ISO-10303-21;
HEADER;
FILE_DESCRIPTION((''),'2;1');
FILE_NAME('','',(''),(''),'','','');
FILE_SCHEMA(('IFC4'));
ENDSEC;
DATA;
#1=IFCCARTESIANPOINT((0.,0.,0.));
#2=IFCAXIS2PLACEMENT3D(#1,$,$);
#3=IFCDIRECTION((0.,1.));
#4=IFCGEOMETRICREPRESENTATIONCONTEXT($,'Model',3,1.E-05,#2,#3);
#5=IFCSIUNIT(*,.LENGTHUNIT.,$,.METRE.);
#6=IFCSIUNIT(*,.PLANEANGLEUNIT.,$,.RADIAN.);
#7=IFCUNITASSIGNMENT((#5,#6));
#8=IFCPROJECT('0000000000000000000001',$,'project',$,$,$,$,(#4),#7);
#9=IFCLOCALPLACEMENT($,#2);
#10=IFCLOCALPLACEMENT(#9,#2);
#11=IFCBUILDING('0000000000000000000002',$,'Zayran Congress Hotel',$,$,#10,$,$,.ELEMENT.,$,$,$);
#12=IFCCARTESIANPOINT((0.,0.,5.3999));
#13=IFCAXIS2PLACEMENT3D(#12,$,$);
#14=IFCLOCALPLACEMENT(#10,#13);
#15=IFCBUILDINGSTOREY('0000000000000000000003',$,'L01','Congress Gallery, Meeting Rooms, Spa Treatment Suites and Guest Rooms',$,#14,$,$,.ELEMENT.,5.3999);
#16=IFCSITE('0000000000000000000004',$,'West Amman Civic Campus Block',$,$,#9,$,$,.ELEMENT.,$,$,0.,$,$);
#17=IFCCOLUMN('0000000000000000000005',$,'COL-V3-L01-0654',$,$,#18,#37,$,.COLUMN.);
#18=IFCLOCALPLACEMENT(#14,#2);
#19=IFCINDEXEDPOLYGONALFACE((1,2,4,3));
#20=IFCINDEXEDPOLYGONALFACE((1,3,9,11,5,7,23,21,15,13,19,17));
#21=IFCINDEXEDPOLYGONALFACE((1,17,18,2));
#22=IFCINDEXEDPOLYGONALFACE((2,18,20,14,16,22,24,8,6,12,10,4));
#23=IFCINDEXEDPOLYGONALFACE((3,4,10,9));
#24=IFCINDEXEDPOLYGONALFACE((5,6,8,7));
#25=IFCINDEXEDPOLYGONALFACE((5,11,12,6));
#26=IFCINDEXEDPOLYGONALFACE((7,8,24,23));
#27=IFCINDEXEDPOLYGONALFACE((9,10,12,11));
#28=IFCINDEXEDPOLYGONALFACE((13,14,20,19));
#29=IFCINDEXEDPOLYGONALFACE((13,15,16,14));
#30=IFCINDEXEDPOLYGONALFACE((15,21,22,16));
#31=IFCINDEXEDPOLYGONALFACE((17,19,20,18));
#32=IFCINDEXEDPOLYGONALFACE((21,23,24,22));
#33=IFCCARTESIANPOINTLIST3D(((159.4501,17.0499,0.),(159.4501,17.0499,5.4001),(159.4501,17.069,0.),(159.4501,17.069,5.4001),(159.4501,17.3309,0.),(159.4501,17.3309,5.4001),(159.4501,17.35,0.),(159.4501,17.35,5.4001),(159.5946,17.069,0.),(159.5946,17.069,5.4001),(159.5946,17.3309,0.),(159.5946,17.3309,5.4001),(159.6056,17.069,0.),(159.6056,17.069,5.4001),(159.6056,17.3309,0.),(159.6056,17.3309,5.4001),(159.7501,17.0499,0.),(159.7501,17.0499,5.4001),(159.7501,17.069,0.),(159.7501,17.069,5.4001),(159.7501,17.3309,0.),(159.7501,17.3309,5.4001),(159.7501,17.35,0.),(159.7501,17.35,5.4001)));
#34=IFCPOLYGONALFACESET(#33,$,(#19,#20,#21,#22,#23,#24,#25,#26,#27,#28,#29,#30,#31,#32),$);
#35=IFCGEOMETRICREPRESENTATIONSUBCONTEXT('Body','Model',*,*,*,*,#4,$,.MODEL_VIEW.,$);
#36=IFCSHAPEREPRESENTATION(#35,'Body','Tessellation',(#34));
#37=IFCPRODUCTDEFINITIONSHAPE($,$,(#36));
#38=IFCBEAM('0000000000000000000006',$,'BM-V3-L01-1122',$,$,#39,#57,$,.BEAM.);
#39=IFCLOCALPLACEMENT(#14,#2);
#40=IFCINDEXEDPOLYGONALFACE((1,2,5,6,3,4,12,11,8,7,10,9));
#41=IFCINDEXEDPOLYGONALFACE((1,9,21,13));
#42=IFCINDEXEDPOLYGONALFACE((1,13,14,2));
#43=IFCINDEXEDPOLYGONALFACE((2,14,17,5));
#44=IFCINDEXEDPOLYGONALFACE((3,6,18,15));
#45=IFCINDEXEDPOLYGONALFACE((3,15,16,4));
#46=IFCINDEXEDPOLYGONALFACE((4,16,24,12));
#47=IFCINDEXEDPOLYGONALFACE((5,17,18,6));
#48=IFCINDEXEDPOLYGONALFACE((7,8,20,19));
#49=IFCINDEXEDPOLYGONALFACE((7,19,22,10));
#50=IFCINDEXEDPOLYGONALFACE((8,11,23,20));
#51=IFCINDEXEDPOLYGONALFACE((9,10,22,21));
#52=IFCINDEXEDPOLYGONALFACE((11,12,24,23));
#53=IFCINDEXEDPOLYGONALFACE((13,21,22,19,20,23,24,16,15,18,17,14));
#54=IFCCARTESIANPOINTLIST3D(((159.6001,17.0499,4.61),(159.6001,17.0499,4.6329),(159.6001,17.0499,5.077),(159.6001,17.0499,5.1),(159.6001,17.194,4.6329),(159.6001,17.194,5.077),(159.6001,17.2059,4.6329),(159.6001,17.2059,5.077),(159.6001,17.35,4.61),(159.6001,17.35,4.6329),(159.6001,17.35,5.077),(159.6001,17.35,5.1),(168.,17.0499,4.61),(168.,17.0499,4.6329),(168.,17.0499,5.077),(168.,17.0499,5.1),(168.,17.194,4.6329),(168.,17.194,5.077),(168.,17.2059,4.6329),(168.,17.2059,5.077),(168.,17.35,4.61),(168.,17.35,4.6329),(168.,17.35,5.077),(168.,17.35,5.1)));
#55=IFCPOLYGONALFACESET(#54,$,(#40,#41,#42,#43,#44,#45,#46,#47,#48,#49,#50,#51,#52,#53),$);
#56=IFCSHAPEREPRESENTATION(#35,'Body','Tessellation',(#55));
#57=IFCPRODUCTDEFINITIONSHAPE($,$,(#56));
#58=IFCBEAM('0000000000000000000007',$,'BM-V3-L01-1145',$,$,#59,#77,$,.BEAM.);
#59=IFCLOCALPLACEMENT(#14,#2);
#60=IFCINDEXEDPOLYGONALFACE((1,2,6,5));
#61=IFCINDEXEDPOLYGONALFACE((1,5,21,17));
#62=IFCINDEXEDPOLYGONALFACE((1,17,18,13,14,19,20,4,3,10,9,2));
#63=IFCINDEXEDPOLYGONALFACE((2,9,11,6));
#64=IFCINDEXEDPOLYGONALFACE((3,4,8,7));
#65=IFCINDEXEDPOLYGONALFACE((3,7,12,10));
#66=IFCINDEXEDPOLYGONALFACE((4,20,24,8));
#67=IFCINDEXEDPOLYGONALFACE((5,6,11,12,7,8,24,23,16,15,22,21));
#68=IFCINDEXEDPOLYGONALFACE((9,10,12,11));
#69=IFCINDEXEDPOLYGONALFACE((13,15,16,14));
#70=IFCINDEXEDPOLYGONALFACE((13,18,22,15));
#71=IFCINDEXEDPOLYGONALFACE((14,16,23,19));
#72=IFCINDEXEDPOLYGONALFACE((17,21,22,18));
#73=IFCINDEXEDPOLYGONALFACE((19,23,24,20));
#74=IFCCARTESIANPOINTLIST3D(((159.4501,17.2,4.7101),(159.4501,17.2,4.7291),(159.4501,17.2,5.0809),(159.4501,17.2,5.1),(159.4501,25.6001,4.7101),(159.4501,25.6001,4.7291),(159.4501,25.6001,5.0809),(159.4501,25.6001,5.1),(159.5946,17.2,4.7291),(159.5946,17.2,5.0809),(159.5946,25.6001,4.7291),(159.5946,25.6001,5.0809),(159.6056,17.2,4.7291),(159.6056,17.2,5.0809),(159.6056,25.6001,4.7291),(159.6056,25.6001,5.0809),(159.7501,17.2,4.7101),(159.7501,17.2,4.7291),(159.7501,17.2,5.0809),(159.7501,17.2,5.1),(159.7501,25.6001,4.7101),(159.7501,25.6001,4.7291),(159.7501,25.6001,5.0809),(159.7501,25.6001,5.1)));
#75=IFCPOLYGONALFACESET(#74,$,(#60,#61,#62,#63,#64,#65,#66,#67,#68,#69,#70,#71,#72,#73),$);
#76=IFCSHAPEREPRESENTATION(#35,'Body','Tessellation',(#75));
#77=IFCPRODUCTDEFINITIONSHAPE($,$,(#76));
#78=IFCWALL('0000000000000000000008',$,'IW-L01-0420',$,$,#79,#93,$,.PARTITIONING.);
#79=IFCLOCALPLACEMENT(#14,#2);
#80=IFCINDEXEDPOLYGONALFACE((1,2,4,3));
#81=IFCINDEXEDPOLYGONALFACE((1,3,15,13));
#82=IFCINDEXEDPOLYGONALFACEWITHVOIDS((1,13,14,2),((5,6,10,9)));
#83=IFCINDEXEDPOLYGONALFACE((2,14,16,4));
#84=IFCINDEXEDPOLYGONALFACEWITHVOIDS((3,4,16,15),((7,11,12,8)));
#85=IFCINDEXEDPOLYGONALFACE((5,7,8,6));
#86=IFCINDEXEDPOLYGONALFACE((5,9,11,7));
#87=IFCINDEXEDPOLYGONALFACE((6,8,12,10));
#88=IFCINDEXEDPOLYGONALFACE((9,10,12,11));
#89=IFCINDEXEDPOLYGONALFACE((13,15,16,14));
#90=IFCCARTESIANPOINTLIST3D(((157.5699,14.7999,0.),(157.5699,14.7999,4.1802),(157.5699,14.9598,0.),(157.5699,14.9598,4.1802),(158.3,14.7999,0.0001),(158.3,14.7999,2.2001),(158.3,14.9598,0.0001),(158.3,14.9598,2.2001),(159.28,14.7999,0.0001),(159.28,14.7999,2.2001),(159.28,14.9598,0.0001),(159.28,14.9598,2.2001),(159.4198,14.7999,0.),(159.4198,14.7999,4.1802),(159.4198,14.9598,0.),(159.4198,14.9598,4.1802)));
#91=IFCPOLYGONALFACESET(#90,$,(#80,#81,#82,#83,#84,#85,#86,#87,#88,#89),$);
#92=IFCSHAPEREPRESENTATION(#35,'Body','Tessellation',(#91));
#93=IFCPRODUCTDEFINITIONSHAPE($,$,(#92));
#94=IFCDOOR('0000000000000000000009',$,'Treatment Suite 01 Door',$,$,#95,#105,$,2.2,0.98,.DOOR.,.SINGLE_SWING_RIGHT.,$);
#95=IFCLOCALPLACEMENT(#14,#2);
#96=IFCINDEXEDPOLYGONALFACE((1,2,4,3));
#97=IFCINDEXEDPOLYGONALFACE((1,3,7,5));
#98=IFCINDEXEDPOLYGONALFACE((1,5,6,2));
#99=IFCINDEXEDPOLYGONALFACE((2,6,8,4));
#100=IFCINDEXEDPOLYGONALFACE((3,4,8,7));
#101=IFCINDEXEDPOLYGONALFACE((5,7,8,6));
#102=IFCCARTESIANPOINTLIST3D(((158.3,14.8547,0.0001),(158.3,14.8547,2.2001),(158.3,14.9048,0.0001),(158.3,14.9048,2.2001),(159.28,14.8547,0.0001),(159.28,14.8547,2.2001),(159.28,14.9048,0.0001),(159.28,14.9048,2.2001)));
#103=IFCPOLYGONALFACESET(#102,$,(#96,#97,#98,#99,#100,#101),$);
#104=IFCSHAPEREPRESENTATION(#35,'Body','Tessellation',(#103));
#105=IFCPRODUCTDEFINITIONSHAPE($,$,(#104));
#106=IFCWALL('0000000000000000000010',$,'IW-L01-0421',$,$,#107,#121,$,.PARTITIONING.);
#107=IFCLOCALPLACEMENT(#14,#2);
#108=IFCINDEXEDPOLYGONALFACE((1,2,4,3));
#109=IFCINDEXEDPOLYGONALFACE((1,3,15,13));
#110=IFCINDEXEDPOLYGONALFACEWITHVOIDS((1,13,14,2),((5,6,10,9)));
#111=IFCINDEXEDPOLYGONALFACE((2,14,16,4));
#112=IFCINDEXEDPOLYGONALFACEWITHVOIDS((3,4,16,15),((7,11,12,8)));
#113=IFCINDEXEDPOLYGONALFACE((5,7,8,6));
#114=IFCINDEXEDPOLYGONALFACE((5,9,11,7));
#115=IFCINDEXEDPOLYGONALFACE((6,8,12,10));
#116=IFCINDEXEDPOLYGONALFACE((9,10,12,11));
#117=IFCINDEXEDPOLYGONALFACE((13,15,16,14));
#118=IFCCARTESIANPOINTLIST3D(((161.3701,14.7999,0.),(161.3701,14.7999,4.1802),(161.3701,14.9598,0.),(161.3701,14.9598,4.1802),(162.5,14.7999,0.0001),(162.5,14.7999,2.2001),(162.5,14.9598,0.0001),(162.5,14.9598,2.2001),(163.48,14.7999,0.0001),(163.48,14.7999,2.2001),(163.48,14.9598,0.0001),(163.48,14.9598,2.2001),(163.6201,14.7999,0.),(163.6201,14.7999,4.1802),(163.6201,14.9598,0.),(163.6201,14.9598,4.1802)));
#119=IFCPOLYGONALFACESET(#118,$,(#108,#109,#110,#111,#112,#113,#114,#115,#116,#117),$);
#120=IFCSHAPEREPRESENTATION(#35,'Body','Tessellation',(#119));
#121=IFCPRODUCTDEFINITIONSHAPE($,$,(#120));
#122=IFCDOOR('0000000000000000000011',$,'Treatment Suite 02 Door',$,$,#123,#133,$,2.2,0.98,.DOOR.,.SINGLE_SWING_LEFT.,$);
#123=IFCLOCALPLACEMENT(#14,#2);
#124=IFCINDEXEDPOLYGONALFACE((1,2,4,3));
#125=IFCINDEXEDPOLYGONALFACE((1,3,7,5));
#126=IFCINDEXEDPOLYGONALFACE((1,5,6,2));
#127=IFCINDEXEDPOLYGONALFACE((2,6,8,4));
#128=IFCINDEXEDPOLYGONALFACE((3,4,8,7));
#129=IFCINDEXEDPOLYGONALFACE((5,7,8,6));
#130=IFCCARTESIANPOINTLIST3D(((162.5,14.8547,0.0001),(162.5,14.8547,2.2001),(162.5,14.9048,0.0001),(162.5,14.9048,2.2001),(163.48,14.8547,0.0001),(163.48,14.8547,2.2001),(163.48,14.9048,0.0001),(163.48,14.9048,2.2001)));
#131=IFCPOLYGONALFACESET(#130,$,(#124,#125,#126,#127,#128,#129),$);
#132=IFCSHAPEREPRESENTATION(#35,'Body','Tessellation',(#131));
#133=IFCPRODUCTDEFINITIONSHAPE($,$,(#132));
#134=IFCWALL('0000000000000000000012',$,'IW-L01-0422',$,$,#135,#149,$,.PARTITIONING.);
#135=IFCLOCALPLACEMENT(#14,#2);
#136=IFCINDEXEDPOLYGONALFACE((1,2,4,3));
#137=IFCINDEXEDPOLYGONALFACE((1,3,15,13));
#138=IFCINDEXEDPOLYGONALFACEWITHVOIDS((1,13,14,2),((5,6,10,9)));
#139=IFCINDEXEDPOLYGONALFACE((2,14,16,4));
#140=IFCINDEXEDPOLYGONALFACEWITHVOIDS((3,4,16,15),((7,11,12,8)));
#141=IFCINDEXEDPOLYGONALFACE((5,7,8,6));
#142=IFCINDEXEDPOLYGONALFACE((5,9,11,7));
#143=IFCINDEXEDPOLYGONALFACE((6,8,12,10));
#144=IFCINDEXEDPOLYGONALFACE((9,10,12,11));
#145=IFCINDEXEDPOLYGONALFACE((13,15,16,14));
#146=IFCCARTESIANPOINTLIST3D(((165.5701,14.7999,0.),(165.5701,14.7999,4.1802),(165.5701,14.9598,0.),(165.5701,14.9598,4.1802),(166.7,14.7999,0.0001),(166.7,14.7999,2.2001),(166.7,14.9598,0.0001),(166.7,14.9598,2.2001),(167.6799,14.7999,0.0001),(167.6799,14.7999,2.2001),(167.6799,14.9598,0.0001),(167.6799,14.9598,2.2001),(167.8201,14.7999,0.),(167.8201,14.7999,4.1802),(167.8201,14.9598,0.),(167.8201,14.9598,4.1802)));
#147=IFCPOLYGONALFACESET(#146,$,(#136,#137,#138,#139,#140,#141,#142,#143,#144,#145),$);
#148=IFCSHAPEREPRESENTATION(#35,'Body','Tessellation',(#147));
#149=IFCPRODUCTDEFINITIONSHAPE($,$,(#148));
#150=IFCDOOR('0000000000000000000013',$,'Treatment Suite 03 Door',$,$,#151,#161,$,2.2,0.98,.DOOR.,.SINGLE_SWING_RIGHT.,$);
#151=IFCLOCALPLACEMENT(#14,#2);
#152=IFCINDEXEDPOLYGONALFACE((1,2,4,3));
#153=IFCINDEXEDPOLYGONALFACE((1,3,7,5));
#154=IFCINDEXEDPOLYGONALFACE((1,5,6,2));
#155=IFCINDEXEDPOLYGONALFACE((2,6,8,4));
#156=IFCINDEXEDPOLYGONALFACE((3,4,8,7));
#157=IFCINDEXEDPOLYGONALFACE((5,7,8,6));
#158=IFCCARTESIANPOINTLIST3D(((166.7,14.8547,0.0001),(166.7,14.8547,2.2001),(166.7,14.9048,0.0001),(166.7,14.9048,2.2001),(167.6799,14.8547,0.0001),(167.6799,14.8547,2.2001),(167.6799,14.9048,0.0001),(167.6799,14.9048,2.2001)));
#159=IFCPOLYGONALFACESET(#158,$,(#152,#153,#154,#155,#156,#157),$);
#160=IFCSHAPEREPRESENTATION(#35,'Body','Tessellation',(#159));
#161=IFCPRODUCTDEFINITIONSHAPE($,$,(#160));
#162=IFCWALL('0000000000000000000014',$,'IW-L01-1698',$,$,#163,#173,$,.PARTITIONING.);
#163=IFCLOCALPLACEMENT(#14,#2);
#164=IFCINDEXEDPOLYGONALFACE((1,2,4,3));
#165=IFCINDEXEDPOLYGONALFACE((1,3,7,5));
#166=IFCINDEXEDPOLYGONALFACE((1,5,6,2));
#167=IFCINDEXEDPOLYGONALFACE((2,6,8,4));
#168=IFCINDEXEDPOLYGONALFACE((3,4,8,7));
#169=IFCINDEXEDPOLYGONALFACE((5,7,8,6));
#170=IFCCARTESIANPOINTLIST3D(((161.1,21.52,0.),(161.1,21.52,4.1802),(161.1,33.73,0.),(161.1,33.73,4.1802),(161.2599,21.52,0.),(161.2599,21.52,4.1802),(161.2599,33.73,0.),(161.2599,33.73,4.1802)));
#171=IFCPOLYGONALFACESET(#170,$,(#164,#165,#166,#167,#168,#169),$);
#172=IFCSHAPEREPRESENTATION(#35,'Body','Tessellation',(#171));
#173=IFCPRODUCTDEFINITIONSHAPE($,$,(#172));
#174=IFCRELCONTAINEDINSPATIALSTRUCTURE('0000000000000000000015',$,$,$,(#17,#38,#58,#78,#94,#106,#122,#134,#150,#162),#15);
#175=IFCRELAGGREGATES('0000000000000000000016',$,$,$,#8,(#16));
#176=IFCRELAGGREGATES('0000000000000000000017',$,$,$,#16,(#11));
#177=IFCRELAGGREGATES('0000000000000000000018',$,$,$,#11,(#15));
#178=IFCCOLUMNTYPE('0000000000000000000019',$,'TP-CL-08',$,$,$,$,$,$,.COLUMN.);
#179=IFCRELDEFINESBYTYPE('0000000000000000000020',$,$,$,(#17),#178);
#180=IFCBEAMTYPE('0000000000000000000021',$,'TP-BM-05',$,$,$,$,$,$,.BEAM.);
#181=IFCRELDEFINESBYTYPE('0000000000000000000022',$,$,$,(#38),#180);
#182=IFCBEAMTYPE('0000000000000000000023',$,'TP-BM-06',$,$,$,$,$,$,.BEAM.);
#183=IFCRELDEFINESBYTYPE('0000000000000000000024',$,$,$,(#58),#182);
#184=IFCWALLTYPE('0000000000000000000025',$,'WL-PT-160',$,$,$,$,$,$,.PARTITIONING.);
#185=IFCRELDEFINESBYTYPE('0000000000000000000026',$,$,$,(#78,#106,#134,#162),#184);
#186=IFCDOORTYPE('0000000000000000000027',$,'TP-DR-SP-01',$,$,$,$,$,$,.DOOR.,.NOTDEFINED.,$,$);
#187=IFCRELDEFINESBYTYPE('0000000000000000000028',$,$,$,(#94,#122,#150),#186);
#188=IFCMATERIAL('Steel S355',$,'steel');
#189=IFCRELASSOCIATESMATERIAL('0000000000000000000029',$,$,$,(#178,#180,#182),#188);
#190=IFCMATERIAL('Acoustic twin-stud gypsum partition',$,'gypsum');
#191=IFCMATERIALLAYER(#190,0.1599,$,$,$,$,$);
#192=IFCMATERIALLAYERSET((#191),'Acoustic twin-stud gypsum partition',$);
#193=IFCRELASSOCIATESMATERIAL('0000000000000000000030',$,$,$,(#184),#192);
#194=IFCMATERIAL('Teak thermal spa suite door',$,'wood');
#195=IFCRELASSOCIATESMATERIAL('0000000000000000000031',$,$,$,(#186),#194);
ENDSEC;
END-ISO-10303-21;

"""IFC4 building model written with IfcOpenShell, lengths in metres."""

from ifc_helpers import new_model, si_unit, direction, frame, frame_2d, origin, origin_2d, place, context, subcontext, project, spatial, rectangle, i_section, extrude, material, layer, layer_set, material_profile, profile_set, type_object, element, fill, save


model = new_model("IFC4")

# Units and contexts
model_context = context("Model", 3, precision=1e-05, world=origin(), true_north=direction((0.0, 1.0)))
body_context = subcontext(model_context, "Body", "Model", "MODEL_VIEW")
ifc_project = project(units=[si_unit("LENGTHUNIT", "METRE"), si_unit("PLANEANGLEUNIT", "RADIAN")], contexts=[model_context])

# Site, building, storey
site_placement = place(None, origin())
site = spatial("IfcSite", under=ifc_project, at=site_placement, Name="West Amman Civic Campus Block", CompositionType="ELEMENT", RefElevation=0.0)
building_placement = place(site_placement, origin())
building = spatial("IfcBuilding", under=site, at=building_placement, Name="Zayran Congress Hotel", CompositionType="ELEMENT")
storey_placement = place(building_placement, frame((0.0, 0.0, 5.3999)))
storey = spatial("IfcBuildingStorey", under=building, at=storey_placement, Name="L01", Description="Congress Gallery, Meeting Rooms, Spa Treatment Suites and Guest Rooms", CompositionType="ELEMENT", Elevation=5.3999)

# Column
ifc_material_1 = material(Name="Steel S355", Category="steel")
ifc_material_profile_1 = material_profile(ifc_material_1, i_section(OverallWidth=0.3, OverallDepth=0.3, WebThickness=0.011, FlangeThickness=0.019, at=origin_2d()), Name="HEB 300")
ifc_profile_set_1 = profile_set([ifc_material_profile_1], Name="Steel S355")
column_type = type_object("IfcColumnType", Name="TP-CL-08", PredefinedType="COLUMN", material=ifc_profile_set_1)
column_placement = place(storey_placement, frame((159.6001, 17.2, 0.0), z_axis=(0.0, 0.0, 1.0), x_axis=(1.0, 0.0, 0.0)))
element("IfcColumn", 1, at=column_placement, inside=storey, type_object=column_type, Name="COL-V3-L01-0654", PredefinedType="COLUMN", context=body_context, shape_type="SweptSolid", body=[
    extrude(i_section(OverallWidth=0.3, OverallDepth=0.3, WebThickness=0.011, FlangeThickness=0.019, at=origin_2d()), origin(), (0.0, 0.0, 1.0), 5.4001),
])

# Beams
ifc_material_profile_2 = material_profile(ifc_material_1, i_section(OverallWidth=0.3, OverallDepth=0.49, WebThickness=0.012, FlangeThickness=0.0229, at=origin_2d()), Name="HEA 500")
ifc_profile_set_2 = profile_set([ifc_material_profile_2], Name="Steel S355")
beam_type_1 = type_object("IfcBeamType", Name="TP-BM-05", PredefinedType="BEAM", material=ifc_profile_set_2)
beam_1_placement = place(storey_placement, frame((159.6001, 17.2, 4.855), z_axis=(1.0, 0.0, 0.0), x_axis=(0.0, 1.0, 0.0)))
element("IfcBeam", 2, at=beam_1_placement, inside=storey, type_object=beam_type_1, Name="BM-V3-L01-1122", PredefinedType="BEAM", context=body_context, shape_type="SweptSolid", body=[
    extrude(i_section(OverallWidth=0.3, OverallDepth=0.49, WebThickness=0.012, FlangeThickness=0.0229, at=origin_2d()), origin(), (0.0, 0.0, 1.0), 8.3999),
])
ifc_material_profile_3 = material_profile(ifc_material_1, i_section(OverallWidth=0.3, OverallDepth=0.3899, WebThickness=0.011, FlangeThickness=0.019, at=origin_2d()), Name="HEA 400")
ifc_profile_set_3 = profile_set([ifc_material_profile_3], Name="Steel S355")
beam_type_2 = type_object("IfcBeamType", Name="TP-BM-06", PredefinedType="BEAM", material=ifc_profile_set_3)
beam_2_placement = place(storey_placement, frame((159.6001, 17.2, 4.905), z_axis=(0.0, 1.0, 0.0), x_axis=(-1.0, 0.0, 0.0)))
element("IfcBeam", 3, at=beam_2_placement, inside=storey, type_object=beam_type_2, Name="BM-V3-L01-1145", PredefinedType="BEAM", context=body_context, shape_type="SweptSolid", body=[
    extrude(i_section(OverallWidth=0.3, OverallDepth=0.3899, WebThickness=0.011, FlangeThickness=0.019, at=origin_2d()), origin(), (0.0, 0.0, 1.0), 8.4001),
])

# Walls, openings, doors
ifc_material_2 = material(Name="Acoustic twin-stud gypsum partition", Category="gypsum")
ifc_layer_1 = layer(ifc_material_2, 0.1599)
ifc_layer_set_1 = layer_set([ifc_layer_1], Name="Acoustic twin-stud gypsum partition")
wall_type_1 = type_object("IfcWallType", Name="WL-PT-160", PredefinedType="PARTITIONING", material=ifc_layer_set_1)
wall_1_placement = place(storey_placement, frame((157.5701, 14.8799, 0.0), z_axis=(0.0, 0.0, 1.0), x_axis=(1.0, 0.0, 0.0)))
wall_1 = element("IfcWall", 4, at=wall_1_placement, inside=storey, type_object=wall_type_1, Name="IW-L01-0420", PredefinedType="PARTITIONING", context=body_context, shape_type="SweptSolid", body=[
    extrude(rectangle(XDim=1.8499, YDim=0.1599, at=frame_2d((0.9248, 0.0))), origin(), (0.0, 0.0, 1.0), 4.1802),
])
opening_1_placement = place(wall_1_placement, frame((0.73, 0.0, 0.0)))
opening_1 = element("IfcOpeningElement", 5, at=opening_1_placement, cuts=wall_1, PredefinedType="OPENING", context=body_context, shape_type="SweptSolid", body=[
    extrude(rectangle(XDim=0.98, YDim=2.2, at=frame_2d((0.49, 1.1001))), frame((0.0, 0.0898, 0.0), z_axis=(0.0, -1.0, 0.0), x_axis=(1.0, 0.0, 0.0)), (0.0, 0.0, 1.0), 0.1799),
])
ifc_material_3 = material(Name="Teak thermal spa suite door", Category="wood")
door_type_1 = type_object("IfcDoorType", Name="TP-DR-SP-01", OperationType="NOTDEFINED", PredefinedType="DOOR", material=ifc_material_3)
door_1_placement = place(opening_1_placement, origin())
door_1 = element("IfcDoor", 6, at=door_1_placement, inside=storey, type_object=door_type_1, Name="Treatment Suite 01 Door", OperationType="SINGLE_SWING_RIGHT", OverallHeight=2.2, OverallWidth=0.98, PredefinedType="DOOR", context=body_context, shape_type="SweptSolid", body=[
    extrude(rectangle(XDim=0.98, YDim=2.2, at=frame_2d((0.49, 1.1001))), frame((0.0, 0.0249, 0.0), z_axis=(0.0, -1.0, 0.0), x_axis=(1.0, 0.0, 0.0)), (0.0, 0.0, 1.0), 0.05),
])
fill(opening_1, door_1)
wall_2_placement = place(storey_placement, frame((161.3701, 14.8799, 0.0), z_axis=(0.0, 0.0, 1.0), x_axis=(1.0, 0.0, 0.0)))
wall_2 = element("IfcWall", 7, at=wall_2_placement, inside=storey, type_object=wall_type_1, Name="IW-L01-0421", PredefinedType="PARTITIONING", context=body_context, shape_type="SweptSolid", body=[
    extrude(rectangle(XDim=2.25, YDim=0.1599, at=frame_2d((1.125, 0.0))), origin(), (0.0, 0.0, 1.0), 4.1802),
])
opening_2_placement = place(wall_2_placement, frame((1.1299, 0.0, 0.0)))
opening_2 = element("IfcOpeningElement", 8, at=opening_2_placement, cuts=wall_2, PredefinedType="OPENING", context=body_context, shape_type="SweptSolid", body=[
    extrude(rectangle(XDim=0.98, YDim=2.2, at=frame_2d((0.49, 1.1001))), frame((0.0, 0.0898, 0.0), z_axis=(0.0, -1.0, 0.0), x_axis=(1.0, 0.0, 0.0)), (0.0, 0.0, 1.0), 0.1799),
])
door_2_placement = place(opening_2_placement, origin())
door_2 = element("IfcDoor", 9, at=door_2_placement, inside=storey, type_object=door_type_1, Name="Treatment Suite 02 Door", OperationType="SINGLE_SWING_LEFT", OverallHeight=2.2, OverallWidth=0.98, PredefinedType="DOOR", context=body_context, shape_type="SweptSolid", body=[
    extrude(rectangle(XDim=0.98, YDim=2.2, at=frame_2d((0.49, 1.1001))), frame((0.0, 0.0249, 0.0), z_axis=(0.0, -1.0, 0.0), x_axis=(1.0, 0.0, 0.0)), (0.0, 0.0, 1.0), 0.05),
])
fill(opening_2, door_2)
wall_3_placement = place(storey_placement, frame((165.5701, 14.8799, 0.0), z_axis=(0.0, 0.0, 1.0), x_axis=(1.0, 0.0, 0.0)))
wall_3 = element("IfcWall", 10, at=wall_3_placement, inside=storey, type_object=wall_type_1, Name="IW-L01-0422", PredefinedType="PARTITIONING", context=body_context, shape_type="SweptSolid", body=[
    extrude(rectangle(XDim=2.25, YDim=0.1599, at=frame_2d((1.125, 0.0))), origin(), (0.0, 0.0, 1.0), 4.1802),
])
opening_3_placement = place(wall_3_placement, frame((1.1299, 0.0, 0.0)))
opening_3 = element("IfcOpeningElement", 11, at=opening_3_placement, cuts=wall_3, PredefinedType="OPENING", context=body_context, shape_type="SweptSolid", body=[
    extrude(rectangle(XDim=0.98, YDim=2.2, at=frame_2d((0.49, 1.1001))), frame((0.0, 0.0898, 0.0), z_axis=(0.0, -1.0, 0.0), x_axis=(1.0, 0.0, 0.0)), (0.0, 0.0, 1.0), 0.1799),
])
door_3_placement = place(opening_3_placement, origin())
door_3 = element("IfcDoor", 12, at=door_3_placement, inside=storey, type_object=door_type_1, Name="Treatment Suite 03 Door", OperationType="SINGLE_SWING_RIGHT", OverallHeight=2.2, OverallWidth=0.98, PredefinedType="DOOR", context=body_context, shape_type="SweptSolid", body=[
    extrude(rectangle(XDim=0.98, YDim=2.2, at=frame_2d((0.49, 1.1001))), frame((0.0, 0.0249, 0.0), z_axis=(0.0, -1.0, 0.0), x_axis=(1.0, 0.0, 0.0)), (0.0, 0.0, 1.0), 0.05),
])
fill(opening_3, door_3)

# Wall
wall_4_placement = place(storey_placement, frame((161.1799, 21.52, 0.0), z_axis=(0.0, 0.0, 1.0), x_axis=(0.0, 1.0, 0.0)))
element("IfcWall", 13, at=wall_4_placement, inside=storey, type_object=wall_type_1, Name="IW-L01-1698", PredefinedType="PARTITIONING", context=body_context, shape_type="SweptSolid", body=[
    extrude(rectangle(XDim=12.21, YDim=0.1599, at=frame_2d((6.105, 0.0))), origin(), (0.0, 0.0, 1.0), 4.1802),
])

save(model, "model.ifc")
